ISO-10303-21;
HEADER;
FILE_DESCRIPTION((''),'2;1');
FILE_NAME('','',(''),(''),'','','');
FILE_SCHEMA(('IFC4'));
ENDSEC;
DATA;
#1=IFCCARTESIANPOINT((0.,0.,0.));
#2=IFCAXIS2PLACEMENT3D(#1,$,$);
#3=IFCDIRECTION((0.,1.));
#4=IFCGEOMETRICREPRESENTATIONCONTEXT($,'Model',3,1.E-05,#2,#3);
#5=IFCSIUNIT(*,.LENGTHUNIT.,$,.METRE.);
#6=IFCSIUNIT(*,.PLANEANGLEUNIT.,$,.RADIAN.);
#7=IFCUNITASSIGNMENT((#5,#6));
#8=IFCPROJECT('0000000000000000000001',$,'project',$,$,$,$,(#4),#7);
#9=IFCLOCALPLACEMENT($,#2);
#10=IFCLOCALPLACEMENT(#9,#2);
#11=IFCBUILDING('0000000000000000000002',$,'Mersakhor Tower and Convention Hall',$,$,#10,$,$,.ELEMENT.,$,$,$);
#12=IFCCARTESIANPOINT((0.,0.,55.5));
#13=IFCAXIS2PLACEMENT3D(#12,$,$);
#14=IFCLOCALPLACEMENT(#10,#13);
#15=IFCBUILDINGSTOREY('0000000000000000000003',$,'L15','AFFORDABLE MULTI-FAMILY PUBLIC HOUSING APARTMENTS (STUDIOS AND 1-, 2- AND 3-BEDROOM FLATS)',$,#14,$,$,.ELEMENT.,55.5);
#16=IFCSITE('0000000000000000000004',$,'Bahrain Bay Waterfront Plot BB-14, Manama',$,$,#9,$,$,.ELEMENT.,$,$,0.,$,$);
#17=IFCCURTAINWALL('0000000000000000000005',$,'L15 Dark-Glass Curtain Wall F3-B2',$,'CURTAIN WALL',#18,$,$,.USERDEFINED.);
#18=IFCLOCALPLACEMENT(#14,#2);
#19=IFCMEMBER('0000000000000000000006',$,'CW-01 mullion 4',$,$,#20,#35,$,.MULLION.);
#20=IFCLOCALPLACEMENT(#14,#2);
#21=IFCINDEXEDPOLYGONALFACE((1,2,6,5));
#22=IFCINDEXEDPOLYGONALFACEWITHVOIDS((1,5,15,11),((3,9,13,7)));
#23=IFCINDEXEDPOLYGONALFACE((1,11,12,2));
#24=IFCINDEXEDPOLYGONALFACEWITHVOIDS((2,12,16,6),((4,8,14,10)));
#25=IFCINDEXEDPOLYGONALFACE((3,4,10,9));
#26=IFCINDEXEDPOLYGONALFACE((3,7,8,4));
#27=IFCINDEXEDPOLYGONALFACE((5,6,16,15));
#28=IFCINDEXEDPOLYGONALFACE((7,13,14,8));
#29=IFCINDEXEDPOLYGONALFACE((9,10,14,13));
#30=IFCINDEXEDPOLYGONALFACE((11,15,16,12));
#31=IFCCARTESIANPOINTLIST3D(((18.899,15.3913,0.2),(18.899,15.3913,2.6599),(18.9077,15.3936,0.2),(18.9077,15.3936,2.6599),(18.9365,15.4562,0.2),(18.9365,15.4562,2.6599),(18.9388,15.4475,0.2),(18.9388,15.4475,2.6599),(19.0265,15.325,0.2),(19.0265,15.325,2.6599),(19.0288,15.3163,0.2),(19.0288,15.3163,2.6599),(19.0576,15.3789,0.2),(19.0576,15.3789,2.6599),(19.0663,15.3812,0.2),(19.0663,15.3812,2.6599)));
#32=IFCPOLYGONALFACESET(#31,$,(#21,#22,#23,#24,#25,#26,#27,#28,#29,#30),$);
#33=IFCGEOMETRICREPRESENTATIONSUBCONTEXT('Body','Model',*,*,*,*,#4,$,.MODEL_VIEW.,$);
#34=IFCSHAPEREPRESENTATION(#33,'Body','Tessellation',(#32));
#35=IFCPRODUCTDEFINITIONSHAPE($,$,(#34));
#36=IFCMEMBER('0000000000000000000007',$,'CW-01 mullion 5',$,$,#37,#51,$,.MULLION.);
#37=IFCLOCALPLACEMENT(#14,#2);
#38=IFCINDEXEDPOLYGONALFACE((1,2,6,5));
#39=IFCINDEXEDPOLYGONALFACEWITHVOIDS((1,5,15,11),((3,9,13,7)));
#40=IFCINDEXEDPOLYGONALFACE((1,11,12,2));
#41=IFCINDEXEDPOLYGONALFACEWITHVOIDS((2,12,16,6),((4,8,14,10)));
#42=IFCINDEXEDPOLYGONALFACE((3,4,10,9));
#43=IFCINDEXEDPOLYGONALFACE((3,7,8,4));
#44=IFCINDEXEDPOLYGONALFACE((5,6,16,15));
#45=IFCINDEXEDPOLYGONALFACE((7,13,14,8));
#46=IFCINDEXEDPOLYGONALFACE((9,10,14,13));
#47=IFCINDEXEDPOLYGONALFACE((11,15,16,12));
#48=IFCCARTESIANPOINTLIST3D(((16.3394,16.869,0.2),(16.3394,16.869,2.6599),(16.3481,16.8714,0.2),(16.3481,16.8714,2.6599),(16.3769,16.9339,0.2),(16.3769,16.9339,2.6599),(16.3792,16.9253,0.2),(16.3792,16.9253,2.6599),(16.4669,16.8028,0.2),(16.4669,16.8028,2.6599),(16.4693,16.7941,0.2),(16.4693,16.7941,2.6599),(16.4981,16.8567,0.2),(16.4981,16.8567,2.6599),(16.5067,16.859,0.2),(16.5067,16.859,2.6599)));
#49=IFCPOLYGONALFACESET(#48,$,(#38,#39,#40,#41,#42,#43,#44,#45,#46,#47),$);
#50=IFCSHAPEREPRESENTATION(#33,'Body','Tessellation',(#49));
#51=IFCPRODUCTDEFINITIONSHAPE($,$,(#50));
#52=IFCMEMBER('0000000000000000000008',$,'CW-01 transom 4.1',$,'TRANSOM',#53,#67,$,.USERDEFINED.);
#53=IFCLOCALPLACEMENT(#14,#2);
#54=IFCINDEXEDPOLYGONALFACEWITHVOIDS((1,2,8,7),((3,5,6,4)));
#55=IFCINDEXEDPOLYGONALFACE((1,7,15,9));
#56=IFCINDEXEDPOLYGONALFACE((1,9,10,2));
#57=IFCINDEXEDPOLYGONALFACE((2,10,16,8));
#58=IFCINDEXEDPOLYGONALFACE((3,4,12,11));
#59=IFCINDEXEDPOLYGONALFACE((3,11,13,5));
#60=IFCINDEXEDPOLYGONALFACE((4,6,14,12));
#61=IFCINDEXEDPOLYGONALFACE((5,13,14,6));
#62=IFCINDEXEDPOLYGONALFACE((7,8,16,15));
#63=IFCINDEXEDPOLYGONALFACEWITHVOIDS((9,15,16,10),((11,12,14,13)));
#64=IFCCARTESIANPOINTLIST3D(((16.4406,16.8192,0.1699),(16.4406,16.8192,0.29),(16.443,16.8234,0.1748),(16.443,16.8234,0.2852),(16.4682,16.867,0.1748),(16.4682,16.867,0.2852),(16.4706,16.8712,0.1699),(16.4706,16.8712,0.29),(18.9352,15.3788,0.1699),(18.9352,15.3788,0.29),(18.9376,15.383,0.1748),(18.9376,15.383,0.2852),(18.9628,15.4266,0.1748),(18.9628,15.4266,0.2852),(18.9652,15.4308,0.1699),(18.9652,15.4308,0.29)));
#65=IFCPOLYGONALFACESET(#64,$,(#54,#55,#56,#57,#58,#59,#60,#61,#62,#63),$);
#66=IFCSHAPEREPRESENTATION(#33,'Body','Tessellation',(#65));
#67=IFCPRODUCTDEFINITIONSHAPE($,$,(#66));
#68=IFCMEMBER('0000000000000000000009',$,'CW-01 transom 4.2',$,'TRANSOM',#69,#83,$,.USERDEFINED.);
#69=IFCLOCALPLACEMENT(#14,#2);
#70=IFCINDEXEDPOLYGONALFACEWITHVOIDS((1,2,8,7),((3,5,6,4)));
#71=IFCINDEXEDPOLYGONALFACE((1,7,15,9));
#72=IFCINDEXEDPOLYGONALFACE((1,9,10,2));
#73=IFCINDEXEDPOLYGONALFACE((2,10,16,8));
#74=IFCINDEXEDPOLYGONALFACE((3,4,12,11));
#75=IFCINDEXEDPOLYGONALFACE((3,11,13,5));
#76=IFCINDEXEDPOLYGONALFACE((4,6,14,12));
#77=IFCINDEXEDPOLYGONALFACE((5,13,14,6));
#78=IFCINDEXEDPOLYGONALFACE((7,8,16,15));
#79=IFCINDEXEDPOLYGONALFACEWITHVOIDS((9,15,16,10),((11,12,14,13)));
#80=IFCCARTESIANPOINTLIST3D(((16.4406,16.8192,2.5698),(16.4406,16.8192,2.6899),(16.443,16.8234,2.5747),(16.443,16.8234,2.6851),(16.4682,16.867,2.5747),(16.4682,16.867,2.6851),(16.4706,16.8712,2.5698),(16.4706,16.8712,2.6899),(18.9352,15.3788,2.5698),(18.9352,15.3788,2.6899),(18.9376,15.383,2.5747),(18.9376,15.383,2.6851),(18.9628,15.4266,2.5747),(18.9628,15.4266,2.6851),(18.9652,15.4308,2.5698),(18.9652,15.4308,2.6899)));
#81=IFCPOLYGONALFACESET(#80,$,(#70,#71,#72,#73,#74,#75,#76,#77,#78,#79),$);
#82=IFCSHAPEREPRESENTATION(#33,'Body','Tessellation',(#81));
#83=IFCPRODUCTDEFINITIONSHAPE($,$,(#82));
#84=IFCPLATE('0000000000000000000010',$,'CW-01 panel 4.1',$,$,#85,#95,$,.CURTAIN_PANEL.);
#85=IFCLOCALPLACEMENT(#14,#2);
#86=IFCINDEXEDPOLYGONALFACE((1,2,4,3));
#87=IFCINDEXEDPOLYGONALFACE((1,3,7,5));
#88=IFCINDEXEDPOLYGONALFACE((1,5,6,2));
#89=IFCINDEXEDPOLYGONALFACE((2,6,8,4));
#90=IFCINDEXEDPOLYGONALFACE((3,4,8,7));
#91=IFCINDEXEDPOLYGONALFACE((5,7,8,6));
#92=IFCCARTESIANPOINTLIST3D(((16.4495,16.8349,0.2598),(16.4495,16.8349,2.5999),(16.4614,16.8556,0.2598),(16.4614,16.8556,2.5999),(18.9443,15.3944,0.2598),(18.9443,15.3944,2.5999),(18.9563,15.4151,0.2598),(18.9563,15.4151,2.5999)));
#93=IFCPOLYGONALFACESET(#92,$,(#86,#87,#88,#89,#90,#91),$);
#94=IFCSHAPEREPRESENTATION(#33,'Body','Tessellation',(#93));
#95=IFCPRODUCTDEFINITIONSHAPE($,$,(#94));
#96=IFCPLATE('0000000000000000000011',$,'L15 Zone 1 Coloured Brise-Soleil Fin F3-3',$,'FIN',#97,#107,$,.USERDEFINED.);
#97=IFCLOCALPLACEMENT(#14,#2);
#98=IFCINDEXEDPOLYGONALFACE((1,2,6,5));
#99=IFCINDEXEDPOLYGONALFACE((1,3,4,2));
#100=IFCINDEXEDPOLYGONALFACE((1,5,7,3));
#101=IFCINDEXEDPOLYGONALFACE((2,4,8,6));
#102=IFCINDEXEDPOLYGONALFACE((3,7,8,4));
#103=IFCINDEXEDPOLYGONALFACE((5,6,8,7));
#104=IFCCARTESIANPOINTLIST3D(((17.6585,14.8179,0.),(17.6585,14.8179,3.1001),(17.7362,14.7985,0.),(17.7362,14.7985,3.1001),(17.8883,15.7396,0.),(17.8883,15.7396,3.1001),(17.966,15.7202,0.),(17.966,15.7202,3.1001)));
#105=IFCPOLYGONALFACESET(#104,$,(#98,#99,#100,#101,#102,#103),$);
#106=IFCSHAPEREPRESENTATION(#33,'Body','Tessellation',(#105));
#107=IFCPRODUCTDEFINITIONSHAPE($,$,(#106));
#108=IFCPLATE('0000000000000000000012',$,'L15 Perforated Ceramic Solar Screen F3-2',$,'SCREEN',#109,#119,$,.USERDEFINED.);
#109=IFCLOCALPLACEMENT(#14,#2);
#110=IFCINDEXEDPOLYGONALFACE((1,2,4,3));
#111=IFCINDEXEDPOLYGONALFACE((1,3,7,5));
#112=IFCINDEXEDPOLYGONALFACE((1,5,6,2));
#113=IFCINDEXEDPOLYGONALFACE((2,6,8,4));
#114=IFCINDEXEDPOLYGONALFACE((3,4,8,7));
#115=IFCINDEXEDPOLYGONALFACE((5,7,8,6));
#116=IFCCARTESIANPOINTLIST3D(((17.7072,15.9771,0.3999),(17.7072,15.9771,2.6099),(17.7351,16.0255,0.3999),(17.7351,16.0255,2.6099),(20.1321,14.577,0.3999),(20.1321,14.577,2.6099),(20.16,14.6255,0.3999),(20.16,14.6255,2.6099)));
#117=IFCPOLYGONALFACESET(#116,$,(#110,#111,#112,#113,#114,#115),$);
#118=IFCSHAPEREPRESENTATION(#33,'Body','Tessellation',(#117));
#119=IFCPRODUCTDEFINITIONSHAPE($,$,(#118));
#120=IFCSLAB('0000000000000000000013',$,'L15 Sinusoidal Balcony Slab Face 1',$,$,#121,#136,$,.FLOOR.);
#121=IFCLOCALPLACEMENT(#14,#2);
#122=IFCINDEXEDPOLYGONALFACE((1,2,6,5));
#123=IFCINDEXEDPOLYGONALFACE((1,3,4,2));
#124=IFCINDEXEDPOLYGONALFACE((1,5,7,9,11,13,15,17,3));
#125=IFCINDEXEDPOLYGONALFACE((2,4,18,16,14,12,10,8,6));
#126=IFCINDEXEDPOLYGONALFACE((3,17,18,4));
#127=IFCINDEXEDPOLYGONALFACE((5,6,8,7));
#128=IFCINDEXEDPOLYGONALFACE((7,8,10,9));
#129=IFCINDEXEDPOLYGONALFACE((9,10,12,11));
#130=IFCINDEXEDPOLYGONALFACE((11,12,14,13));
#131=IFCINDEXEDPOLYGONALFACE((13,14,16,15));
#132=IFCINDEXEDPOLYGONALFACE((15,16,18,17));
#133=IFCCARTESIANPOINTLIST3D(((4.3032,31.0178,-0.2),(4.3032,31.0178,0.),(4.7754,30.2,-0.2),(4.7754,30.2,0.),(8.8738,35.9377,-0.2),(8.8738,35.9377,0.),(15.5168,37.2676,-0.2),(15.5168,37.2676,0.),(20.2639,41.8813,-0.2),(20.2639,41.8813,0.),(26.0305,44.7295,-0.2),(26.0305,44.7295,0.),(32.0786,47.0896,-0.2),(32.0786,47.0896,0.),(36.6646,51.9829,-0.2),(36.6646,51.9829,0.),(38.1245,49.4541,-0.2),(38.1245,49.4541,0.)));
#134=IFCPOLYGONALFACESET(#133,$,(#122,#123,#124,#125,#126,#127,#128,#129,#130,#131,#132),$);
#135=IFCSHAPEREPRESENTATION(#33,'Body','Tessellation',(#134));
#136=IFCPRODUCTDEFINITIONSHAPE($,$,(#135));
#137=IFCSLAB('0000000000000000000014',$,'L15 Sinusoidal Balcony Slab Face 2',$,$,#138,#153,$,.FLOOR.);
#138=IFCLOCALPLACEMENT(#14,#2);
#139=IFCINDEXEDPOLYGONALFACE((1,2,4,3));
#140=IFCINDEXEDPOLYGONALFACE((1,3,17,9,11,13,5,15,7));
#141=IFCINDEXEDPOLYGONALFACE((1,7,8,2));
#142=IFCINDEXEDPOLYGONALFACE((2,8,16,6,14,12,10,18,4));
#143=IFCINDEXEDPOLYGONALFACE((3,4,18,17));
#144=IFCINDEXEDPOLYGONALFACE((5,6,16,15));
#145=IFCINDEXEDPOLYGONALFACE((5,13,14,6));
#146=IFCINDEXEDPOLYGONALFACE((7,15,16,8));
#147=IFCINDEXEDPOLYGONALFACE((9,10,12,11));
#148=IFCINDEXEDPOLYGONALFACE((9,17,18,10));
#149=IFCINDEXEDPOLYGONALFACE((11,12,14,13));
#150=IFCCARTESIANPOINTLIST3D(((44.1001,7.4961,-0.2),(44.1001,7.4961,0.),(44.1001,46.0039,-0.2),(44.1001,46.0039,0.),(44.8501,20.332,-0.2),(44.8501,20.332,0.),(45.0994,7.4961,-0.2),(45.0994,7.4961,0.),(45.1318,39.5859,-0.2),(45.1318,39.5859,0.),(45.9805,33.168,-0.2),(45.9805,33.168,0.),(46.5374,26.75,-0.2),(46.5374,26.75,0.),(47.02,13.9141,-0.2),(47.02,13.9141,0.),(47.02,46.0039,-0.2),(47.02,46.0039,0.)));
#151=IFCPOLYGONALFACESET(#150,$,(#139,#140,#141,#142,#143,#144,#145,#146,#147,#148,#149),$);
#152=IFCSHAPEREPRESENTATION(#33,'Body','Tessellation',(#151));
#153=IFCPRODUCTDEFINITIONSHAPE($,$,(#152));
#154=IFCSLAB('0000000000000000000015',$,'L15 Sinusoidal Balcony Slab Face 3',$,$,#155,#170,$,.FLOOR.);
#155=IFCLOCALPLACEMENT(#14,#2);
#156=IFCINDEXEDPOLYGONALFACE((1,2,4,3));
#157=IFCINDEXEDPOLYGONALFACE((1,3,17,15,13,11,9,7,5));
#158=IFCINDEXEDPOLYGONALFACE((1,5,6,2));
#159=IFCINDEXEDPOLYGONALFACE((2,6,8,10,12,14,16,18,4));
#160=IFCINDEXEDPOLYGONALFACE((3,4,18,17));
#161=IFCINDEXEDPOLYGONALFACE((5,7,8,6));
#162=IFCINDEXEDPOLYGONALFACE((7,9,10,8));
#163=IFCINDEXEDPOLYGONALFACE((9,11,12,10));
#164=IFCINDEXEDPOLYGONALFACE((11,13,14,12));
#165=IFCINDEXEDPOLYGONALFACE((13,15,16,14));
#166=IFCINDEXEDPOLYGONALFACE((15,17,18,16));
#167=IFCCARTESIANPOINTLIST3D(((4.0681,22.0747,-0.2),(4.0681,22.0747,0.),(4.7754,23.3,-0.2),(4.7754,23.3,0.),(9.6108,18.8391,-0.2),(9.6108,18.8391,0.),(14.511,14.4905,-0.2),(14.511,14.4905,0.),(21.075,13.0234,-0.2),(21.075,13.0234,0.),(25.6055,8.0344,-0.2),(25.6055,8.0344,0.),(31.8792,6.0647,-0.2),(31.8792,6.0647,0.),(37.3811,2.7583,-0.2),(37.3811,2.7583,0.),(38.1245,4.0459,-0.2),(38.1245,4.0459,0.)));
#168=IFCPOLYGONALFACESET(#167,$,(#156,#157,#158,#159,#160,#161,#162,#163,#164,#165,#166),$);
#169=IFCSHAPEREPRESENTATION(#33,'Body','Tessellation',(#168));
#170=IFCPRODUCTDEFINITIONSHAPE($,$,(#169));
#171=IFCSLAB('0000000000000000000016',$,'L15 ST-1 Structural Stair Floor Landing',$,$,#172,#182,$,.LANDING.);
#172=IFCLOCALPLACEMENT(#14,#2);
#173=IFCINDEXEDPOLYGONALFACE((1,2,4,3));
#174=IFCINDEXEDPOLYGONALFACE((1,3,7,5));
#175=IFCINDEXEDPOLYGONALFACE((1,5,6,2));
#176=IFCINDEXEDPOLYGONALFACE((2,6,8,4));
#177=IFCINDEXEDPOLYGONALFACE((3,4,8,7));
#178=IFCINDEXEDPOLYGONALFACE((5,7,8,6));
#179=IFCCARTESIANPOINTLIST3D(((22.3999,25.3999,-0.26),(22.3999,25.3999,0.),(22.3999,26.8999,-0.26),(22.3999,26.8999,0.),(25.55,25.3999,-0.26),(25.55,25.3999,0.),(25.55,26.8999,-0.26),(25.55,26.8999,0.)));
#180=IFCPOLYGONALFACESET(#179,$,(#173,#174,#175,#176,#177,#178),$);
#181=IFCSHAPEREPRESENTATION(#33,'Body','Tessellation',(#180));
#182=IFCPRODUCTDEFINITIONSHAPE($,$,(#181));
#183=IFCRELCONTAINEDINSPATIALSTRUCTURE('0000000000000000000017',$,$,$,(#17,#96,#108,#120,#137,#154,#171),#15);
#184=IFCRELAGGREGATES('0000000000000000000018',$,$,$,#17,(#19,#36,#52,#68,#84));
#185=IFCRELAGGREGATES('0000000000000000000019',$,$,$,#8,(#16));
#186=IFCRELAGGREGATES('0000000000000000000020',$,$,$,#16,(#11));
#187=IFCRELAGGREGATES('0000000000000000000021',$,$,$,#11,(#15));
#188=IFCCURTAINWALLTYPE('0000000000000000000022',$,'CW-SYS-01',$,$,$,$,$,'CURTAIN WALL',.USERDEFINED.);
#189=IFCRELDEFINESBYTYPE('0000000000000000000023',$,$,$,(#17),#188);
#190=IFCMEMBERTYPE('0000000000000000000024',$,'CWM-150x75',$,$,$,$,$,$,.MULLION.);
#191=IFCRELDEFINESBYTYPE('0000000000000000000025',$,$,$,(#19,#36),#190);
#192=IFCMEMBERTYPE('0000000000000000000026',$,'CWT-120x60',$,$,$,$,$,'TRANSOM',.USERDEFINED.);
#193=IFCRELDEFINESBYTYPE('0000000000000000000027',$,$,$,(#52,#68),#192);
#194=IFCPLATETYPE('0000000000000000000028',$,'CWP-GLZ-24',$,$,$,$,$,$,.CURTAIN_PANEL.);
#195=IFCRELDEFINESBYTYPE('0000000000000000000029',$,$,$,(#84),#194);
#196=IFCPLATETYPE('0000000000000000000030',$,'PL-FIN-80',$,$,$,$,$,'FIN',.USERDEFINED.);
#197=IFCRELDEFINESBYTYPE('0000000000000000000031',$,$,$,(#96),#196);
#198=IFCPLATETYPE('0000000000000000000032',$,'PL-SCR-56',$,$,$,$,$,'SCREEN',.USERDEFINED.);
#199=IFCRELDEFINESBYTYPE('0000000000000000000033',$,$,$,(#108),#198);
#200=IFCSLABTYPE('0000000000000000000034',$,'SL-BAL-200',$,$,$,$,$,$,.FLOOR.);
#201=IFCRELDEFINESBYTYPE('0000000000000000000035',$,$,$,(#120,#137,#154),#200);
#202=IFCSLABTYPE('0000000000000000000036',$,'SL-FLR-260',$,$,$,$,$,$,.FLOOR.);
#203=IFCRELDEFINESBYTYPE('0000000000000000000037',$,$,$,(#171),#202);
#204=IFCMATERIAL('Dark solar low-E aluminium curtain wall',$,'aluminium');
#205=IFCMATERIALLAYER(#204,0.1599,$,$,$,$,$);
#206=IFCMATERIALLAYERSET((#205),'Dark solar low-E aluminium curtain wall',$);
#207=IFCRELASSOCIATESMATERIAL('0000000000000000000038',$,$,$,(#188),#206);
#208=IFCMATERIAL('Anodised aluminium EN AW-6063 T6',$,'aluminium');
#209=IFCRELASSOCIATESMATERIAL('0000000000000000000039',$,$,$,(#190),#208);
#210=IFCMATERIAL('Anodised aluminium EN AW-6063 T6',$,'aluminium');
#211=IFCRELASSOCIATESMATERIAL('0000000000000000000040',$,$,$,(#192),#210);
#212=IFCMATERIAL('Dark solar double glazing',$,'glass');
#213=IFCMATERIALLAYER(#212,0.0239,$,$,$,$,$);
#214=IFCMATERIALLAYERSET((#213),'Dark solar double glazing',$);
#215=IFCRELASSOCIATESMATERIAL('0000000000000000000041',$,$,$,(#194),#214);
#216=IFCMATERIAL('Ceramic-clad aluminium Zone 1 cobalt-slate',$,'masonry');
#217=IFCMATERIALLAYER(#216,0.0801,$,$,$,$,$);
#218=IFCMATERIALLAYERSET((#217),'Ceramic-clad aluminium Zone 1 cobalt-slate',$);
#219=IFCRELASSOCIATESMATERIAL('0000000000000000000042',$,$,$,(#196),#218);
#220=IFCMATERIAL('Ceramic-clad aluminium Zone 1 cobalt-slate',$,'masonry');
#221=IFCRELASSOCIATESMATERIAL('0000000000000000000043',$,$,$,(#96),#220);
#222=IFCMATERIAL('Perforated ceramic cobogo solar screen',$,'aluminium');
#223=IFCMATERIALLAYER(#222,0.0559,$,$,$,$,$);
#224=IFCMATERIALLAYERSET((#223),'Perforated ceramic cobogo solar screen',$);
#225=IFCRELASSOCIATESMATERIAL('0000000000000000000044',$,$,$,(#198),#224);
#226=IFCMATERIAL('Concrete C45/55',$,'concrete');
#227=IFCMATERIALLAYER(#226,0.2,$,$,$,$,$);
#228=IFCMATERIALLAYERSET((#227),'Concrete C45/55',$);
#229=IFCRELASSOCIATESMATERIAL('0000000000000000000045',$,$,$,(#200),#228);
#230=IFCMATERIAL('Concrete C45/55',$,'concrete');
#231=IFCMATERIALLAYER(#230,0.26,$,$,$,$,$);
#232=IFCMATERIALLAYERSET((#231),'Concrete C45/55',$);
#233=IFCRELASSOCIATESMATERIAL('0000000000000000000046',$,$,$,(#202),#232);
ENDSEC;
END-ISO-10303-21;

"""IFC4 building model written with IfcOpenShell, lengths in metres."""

from ifc_helpers import new_model, si_unit, direction, frame, origin, origin_2d, place, context, subcontext, project, spatial, polyline, rectangle, hollow_rectangle, outline, extrude, material, layer, layer_set, material_profile, profile_set, type_object, element, aggregate, save


model = new_model("IFC4")

# Units and contexts
model_context = context("Model", 3, precision=1e-05, world=origin(), true_north=direction((0.0, 1.0)))
body_context = subcontext(model_context, "Body", "Model", "MODEL_VIEW")
ifc_project = project(units=[si_unit("LENGTHUNIT", "METRE"), si_unit("PLANEANGLEUNIT", "RADIAN")], contexts=[model_context])

# Site, building, storey
site_placement = place(None, origin())
site = spatial("IfcSite", under=ifc_project, at=site_placement, Name="Bahrain Bay Waterfront Plot BB-14, Manama", CompositionType="ELEMENT", RefElevation=0.0)
building_placement = place(site_placement, origin())
building = spatial("IfcBuilding", under=site, at=building_placement, Name="Mersakhor Tower and Convention Hall", CompositionType="ELEMENT")
storey_placement = place(building_placement, frame((0.0, 0.0, 55.5)))
storey = spatial("IfcBuildingStorey", under=building, at=storey_placement, Name="L15", Description="AFFORDABLE MULTI-FAMILY PUBLIC HOUSING APARTMENTS (STUDIOS AND 1-, 2- AND 3-BEDROOM FLATS)", CompositionType="ELEMENT", Elevation=55.5)

# Curtain wall, members, plate
ifc_material_1 = material(Name="Dark solar low-E aluminium curtain wall", Category="aluminium")
ifc_layer_1 = layer(ifc_material_1, 0.1599)
ifc_layer_set_1 = layer_set([ifc_layer_1], Name="Dark solar low-E aluminium curtain wall")
curtain_wall_type = type_object("IfcCurtainWallType", Name="CW-SYS-01", ElementType="CURTAIN WALL", PredefinedType="USERDEFINED", material=ifc_layer_set_1)
curtain_wall_placement = place(storey_placement, origin())
curtain_wall = element("IfcCurtainWall", 1, at=curtain_wall_placement, inside=storey, type_object=curtain_wall_type, Name="L15 Dark-Glass Curtain Wall F3-B2", ObjectType="CURTAIN WALL", PredefinedType="USERDEFINED")
ifc_material_2 = material(Name="Anodised aluminium EN AW-6063 T6", Category="aluminium")
ifc_material_profile_1 = material_profile(ifc_material_2, hollow_rectangle(XDim=0.075, YDim=0.1499, WallThickness=0.0063, at=origin_2d()), Name="RHS 150x75x6.3")
ifc_profile_set_1 = profile_set([ifc_material_profile_1], Name="Anodised aluminium EN AW-6063 T6")
member_type_1 = type_object("IfcMemberType", Name="CWM-150x75", PredefinedType="MULLION", material=ifc_profile_set_1)
member_1_placement = place(storey_placement, frame((18.9827, 15.3862, 0.2), z_axis=(0.0, 0.0, 1.0), x_axis=(-0.500003, -0.866023, 0.0)))
member_1 = element("IfcMember", 2, at=member_1_placement, type_object=member_type_1, Name="CW-01 mullion 4", PredefinedType="MULLION", context=body_context, shape_type="SweptSolid", body=[
    extrude(hollow_rectangle(XDim=0.075, YDim=0.1499, WallThickness=0.0063, at=origin_2d()), origin(), (0.0, 0.0, 1.0), 2.46),
])
member_2_placement = place(storey_placement, frame((16.4231, 16.864, 0.2), z_axis=(0.0, 0.0, 1.0), x_axis=(-0.500003, -0.866023, 0.0)))
member_2 = element("IfcMember", 3, at=member_2_placement, type_object=member_type_1, Name="CW-01 mullion 5", PredefinedType="MULLION", context=body_context, shape_type="SweptSolid", body=[
    extrude(hollow_rectangle(XDim=0.075, YDim=0.1499, WallThickness=0.0063, at=origin_2d()), origin(), (0.0, 0.0, 1.0), 2.46),
])
ifc_material_3 = material(Name="Anodised aluminium EN AW-6063 T6", Category="aluminium")
ifc_material_profile_2 = material_profile(ifc_material_3, hollow_rectangle(XDim=0.0601, YDim=0.1201, WallThickness=0.0049, at=origin_2d()), Name="RHS 120x60x5")
ifc_profile_set_2 = profile_set([ifc_material_profile_2], Name="Anodised aluminium EN AW-6063 T6")
member_type_2 = type_object("IfcMemberType", Name="CWT-120x60", ElementType="TRANSOM", PredefinedType="USERDEFINED", material=ifc_profile_set_2)
member_3_placement = place(storey_placement, frame((18.9502, 15.4048, 0.23), z_axis=(-0.866002, 0.50004, 0.0), x_axis=(-0.50004, -0.866002, 0.0)))
member_3 = element("IfcMember", 4, at=member_3_placement, type_object=member_type_2, Name="CW-01 transom 4.1", ObjectType="TRANSOM", PredefinedType="USERDEFINED", context=body_context, shape_type="SweptSolid", body=[
    extrude(hollow_rectangle(XDim=0.0601, YDim=0.1201, WallThickness=0.0049, at=origin_2d()), origin(), (0.0, 0.0, 1.0), 2.8806),
])
member_4_placement = place(storey_placement, frame((18.9502, 15.4048, 2.6299), z_axis=(-0.866002, 0.50004, 0.0), x_axis=(-0.50004, -0.866002, 0.0)))
member_4 = element("IfcMember", 5, at=member_4_placement, type_object=member_type_2, Name="CW-01 transom 4.2", ObjectType="TRANSOM", PredefinedType="USERDEFINED", context=body_context, shape_type="SweptSolid", body=[
    extrude(hollow_rectangle(XDim=0.0601, YDim=0.1201, WallThickness=0.0049, at=origin_2d()), origin(), (0.0, 0.0, 1.0), 2.8806),
])
ifc_material_4 = material(Name="Dark solar double glazing", Category="glass")
ifc_layer_2 = layer(ifc_material_4, 0.0239)
ifc_layer_set_2 = layer_set([ifc_layer_2], Name="Dark solar double glazing")
plate_type_1 = type_object("IfcPlateType", Name="CWP-GLZ-24", PredefinedType="CURTAIN_PANEL", material=ifc_layer_set_2)
plate_1_placement = place(storey_placement, frame((17.7029, 16.125, 0.2598), z_axis=(0.0, 0.0, 1.0), x_axis=(-0.866023, 0.500003, 0.0)))
plate_1 = element("IfcPlate", 6, at=plate_1_placement, type_object=plate_type_1, Name="CW-01 panel 4.1", PredefinedType="CURTAIN_PANEL", context=body_context, shape_type="SweptSolid", body=[
    extrude(rectangle(XDim=2.8809, YDim=0.0239, at=origin_2d()), origin(), (0.0, 0.0, 1.0), 2.3401),
])
aggregate(curtain_wall, [member_1, member_2, member_3, member_4, plate_1])

# Plates
ifc_material_5 = material(Name="Ceramic-clad aluminium Zone 1 cobalt-slate", Category="masonry")
ifc_material_6 = material(Name="Ceramic-clad aluminium Zone 1 cobalt-slate", Category="masonry")
ifc_layer_3 = layer(ifc_material_6, 0.0801)
ifc_layer_set_3 = layer_set([ifc_layer_3], Name="Ceramic-clad aluminium Zone 1 cobalt-slate")
plate_type_2 = type_object("IfcPlateType", Name="PL-FIN-80", ElementType="FIN", PredefinedType="USERDEFINED", material=ifc_layer_set_3)
plate_2_placement = place(storey_placement, frame((17.8123, 15.269, 0.0), z_axis=(0.0, 0.0, 1.0), x_axis=(-0.241922, -0.970296, 0.0)))
element("IfcPlate", 7, at=plate_2_placement, inside=storey, type_object=plate_type_2, material=ifc_material_5, Name="L15 Zone 1 Coloured Brise-Soleil Fin F3-3", ObjectType="FIN", PredefinedType="USERDEFINED", context=body_context, shape_type="SweptSolid", body=[
    extrude(rectangle(XDim=0.95, YDim=0.0801, at=origin_2d()), origin(), (0.0, 0.0, 1.0), 3.1001),
])
ifc_material_7 = material(Name="Perforated ceramic cobogo solar screen", Category="aluminium")
ifc_layer_4 = layer(ifc_material_7, 0.0559)
ifc_layer_set_4 = layer_set([ifc_layer_4], Name="Perforated ceramic cobogo solar screen")
plate_type_3 = type_object("IfcPlateType", Name="PL-SCR-56", ElementType="SCREEN", PredefinedType="USERDEFINED", material=ifc_layer_set_4)
plate_3_placement = place(storey_placement, frame((18.9336, 15.3013, 0.3999), z_axis=(0.0, 0.0, 1.0), x_axis=(-0.866025, 0.5, 0.0)))
element("IfcPlate", 8, at=plate_3_placement, inside=storey, type_object=plate_type_3, Name="L15 Perforated Ceramic Solar Screen F3-2", ObjectType="SCREEN", PredefinedType="USERDEFINED", context=body_context, shape_type="SweptSolid", body=[
    extrude(rectangle(XDim=2.8, YDim=0.0559, at=origin_2d()), origin(), (0.0, 0.0, 1.0), 2.21),
])

# Slabs
ifc_material_8 = material(Name="Concrete C45/55", Category="concrete")
ifc_layer_5 = layer(ifc_material_8, 0.2)
ifc_layer_set_5 = layer_set([ifc_layer_5], Name="Concrete C45/55")
slab_type_1 = type_object("IfcSlabType", Name="SL-BAL-200", PredefinedType="FLOOR", material=ifc_layer_set_5)
slab_1_placement = place(storey_placement, frame((0.0, 0.0, -0.2)))
element("IfcSlab", 9, at=slab_1_placement, inside=storey, type_object=slab_type_1, Name="L15 Sinusoidal Balcony Slab Face 1", PredefinedType="FLOOR", context=body_context, shape_type="SweptSolid", body=[
    extrude(outline(polyline([(4.7754, 30.2), (38.1245, 49.4541), (36.6646, 51.9829), (32.0786, 47.0896), (26.0305, 44.7295), (20.2639, 41.8813), (15.5168, 37.2676), (8.8738, 35.9377), (4.3032, 31.0178), (4.7754, 30.2)])), origin(), (0.0, 0.0, 1.0), 0.2),
])
slab_2_placement = place(storey_placement, frame((0.0, 0.0, -0.2)))
element("IfcSlab", 10, at=slab_2_placement, inside=storey, type_object=slab_type_1, Name="L15 Sinusoidal Balcony Slab Face 2", PredefinedType="FLOOR", context=body_context, shape_type="SweptSolid", body=[
    extrude(outline(polyline([(44.1001, 46.0039), (44.1001, 7.4961), (45.0994, 7.4961), (47.02, 13.9141), (44.8501, 20.332), (46.5374, 26.75), (45.9805, 33.168), (45.1318, 39.5859), (47.02, 46.0039), (44.1001, 46.0039)])), origin(), (0.0, 0.0, 1.0), 0.2),
])
slab_3_placement = place(storey_placement, frame((0.0, 0.0, -0.2)))
element("IfcSlab", 11, at=slab_3_placement, inside=storey, type_object=slab_type_1, Name="L15 Sinusoidal Balcony Slab Face 3", PredefinedType="FLOOR", context=body_context, shape_type="SweptSolid", body=[
    extrude(outline(polyline([(38.1245, 4.0459), (4.7754, 23.3), (4.0681, 22.0747), (9.6108, 18.8391), (14.511, 14.4905), (21.075, 13.0234), (25.6055, 8.0344), (31.8792, 6.0647), (37.3811, 2.7583), (38.1245, 4.0459)])), origin(), (0.0, 0.0, 1.0), 0.2),
])
ifc_material_9 = material(Name="Concrete C45/55", Category="concrete")
ifc_layer_6 = layer(ifc_material_9, 0.26)
ifc_layer_set_6 = layer_set([ifc_layer_6], Name="Concrete C45/55")
slab_type_2 = type_object("IfcSlabType", Name="SL-FLR-260", PredefinedType="FLOOR", material=ifc_layer_set_6)
slab_4_placement = place(storey_placement, frame((0.0, 0.0, -0.26)))
element("IfcSlab", 12, at=slab_4_placement, inside=storey, type_object=slab_type_2, Name="L15 ST-1 Structural Stair Floor Landing", PredefinedType="LANDING", context=body_context, shape_type="SweptSolid", body=[
    extrude(outline(polyline([(25.55, 25.3999), (25.55, 26.8999), (22.3999, 26.8999), (22.3999, 25.3999), (25.55, 25.3999)])), origin(), (0.0, 0.0, 1.0), 0.26),
])

save(model, "model.ifc")
